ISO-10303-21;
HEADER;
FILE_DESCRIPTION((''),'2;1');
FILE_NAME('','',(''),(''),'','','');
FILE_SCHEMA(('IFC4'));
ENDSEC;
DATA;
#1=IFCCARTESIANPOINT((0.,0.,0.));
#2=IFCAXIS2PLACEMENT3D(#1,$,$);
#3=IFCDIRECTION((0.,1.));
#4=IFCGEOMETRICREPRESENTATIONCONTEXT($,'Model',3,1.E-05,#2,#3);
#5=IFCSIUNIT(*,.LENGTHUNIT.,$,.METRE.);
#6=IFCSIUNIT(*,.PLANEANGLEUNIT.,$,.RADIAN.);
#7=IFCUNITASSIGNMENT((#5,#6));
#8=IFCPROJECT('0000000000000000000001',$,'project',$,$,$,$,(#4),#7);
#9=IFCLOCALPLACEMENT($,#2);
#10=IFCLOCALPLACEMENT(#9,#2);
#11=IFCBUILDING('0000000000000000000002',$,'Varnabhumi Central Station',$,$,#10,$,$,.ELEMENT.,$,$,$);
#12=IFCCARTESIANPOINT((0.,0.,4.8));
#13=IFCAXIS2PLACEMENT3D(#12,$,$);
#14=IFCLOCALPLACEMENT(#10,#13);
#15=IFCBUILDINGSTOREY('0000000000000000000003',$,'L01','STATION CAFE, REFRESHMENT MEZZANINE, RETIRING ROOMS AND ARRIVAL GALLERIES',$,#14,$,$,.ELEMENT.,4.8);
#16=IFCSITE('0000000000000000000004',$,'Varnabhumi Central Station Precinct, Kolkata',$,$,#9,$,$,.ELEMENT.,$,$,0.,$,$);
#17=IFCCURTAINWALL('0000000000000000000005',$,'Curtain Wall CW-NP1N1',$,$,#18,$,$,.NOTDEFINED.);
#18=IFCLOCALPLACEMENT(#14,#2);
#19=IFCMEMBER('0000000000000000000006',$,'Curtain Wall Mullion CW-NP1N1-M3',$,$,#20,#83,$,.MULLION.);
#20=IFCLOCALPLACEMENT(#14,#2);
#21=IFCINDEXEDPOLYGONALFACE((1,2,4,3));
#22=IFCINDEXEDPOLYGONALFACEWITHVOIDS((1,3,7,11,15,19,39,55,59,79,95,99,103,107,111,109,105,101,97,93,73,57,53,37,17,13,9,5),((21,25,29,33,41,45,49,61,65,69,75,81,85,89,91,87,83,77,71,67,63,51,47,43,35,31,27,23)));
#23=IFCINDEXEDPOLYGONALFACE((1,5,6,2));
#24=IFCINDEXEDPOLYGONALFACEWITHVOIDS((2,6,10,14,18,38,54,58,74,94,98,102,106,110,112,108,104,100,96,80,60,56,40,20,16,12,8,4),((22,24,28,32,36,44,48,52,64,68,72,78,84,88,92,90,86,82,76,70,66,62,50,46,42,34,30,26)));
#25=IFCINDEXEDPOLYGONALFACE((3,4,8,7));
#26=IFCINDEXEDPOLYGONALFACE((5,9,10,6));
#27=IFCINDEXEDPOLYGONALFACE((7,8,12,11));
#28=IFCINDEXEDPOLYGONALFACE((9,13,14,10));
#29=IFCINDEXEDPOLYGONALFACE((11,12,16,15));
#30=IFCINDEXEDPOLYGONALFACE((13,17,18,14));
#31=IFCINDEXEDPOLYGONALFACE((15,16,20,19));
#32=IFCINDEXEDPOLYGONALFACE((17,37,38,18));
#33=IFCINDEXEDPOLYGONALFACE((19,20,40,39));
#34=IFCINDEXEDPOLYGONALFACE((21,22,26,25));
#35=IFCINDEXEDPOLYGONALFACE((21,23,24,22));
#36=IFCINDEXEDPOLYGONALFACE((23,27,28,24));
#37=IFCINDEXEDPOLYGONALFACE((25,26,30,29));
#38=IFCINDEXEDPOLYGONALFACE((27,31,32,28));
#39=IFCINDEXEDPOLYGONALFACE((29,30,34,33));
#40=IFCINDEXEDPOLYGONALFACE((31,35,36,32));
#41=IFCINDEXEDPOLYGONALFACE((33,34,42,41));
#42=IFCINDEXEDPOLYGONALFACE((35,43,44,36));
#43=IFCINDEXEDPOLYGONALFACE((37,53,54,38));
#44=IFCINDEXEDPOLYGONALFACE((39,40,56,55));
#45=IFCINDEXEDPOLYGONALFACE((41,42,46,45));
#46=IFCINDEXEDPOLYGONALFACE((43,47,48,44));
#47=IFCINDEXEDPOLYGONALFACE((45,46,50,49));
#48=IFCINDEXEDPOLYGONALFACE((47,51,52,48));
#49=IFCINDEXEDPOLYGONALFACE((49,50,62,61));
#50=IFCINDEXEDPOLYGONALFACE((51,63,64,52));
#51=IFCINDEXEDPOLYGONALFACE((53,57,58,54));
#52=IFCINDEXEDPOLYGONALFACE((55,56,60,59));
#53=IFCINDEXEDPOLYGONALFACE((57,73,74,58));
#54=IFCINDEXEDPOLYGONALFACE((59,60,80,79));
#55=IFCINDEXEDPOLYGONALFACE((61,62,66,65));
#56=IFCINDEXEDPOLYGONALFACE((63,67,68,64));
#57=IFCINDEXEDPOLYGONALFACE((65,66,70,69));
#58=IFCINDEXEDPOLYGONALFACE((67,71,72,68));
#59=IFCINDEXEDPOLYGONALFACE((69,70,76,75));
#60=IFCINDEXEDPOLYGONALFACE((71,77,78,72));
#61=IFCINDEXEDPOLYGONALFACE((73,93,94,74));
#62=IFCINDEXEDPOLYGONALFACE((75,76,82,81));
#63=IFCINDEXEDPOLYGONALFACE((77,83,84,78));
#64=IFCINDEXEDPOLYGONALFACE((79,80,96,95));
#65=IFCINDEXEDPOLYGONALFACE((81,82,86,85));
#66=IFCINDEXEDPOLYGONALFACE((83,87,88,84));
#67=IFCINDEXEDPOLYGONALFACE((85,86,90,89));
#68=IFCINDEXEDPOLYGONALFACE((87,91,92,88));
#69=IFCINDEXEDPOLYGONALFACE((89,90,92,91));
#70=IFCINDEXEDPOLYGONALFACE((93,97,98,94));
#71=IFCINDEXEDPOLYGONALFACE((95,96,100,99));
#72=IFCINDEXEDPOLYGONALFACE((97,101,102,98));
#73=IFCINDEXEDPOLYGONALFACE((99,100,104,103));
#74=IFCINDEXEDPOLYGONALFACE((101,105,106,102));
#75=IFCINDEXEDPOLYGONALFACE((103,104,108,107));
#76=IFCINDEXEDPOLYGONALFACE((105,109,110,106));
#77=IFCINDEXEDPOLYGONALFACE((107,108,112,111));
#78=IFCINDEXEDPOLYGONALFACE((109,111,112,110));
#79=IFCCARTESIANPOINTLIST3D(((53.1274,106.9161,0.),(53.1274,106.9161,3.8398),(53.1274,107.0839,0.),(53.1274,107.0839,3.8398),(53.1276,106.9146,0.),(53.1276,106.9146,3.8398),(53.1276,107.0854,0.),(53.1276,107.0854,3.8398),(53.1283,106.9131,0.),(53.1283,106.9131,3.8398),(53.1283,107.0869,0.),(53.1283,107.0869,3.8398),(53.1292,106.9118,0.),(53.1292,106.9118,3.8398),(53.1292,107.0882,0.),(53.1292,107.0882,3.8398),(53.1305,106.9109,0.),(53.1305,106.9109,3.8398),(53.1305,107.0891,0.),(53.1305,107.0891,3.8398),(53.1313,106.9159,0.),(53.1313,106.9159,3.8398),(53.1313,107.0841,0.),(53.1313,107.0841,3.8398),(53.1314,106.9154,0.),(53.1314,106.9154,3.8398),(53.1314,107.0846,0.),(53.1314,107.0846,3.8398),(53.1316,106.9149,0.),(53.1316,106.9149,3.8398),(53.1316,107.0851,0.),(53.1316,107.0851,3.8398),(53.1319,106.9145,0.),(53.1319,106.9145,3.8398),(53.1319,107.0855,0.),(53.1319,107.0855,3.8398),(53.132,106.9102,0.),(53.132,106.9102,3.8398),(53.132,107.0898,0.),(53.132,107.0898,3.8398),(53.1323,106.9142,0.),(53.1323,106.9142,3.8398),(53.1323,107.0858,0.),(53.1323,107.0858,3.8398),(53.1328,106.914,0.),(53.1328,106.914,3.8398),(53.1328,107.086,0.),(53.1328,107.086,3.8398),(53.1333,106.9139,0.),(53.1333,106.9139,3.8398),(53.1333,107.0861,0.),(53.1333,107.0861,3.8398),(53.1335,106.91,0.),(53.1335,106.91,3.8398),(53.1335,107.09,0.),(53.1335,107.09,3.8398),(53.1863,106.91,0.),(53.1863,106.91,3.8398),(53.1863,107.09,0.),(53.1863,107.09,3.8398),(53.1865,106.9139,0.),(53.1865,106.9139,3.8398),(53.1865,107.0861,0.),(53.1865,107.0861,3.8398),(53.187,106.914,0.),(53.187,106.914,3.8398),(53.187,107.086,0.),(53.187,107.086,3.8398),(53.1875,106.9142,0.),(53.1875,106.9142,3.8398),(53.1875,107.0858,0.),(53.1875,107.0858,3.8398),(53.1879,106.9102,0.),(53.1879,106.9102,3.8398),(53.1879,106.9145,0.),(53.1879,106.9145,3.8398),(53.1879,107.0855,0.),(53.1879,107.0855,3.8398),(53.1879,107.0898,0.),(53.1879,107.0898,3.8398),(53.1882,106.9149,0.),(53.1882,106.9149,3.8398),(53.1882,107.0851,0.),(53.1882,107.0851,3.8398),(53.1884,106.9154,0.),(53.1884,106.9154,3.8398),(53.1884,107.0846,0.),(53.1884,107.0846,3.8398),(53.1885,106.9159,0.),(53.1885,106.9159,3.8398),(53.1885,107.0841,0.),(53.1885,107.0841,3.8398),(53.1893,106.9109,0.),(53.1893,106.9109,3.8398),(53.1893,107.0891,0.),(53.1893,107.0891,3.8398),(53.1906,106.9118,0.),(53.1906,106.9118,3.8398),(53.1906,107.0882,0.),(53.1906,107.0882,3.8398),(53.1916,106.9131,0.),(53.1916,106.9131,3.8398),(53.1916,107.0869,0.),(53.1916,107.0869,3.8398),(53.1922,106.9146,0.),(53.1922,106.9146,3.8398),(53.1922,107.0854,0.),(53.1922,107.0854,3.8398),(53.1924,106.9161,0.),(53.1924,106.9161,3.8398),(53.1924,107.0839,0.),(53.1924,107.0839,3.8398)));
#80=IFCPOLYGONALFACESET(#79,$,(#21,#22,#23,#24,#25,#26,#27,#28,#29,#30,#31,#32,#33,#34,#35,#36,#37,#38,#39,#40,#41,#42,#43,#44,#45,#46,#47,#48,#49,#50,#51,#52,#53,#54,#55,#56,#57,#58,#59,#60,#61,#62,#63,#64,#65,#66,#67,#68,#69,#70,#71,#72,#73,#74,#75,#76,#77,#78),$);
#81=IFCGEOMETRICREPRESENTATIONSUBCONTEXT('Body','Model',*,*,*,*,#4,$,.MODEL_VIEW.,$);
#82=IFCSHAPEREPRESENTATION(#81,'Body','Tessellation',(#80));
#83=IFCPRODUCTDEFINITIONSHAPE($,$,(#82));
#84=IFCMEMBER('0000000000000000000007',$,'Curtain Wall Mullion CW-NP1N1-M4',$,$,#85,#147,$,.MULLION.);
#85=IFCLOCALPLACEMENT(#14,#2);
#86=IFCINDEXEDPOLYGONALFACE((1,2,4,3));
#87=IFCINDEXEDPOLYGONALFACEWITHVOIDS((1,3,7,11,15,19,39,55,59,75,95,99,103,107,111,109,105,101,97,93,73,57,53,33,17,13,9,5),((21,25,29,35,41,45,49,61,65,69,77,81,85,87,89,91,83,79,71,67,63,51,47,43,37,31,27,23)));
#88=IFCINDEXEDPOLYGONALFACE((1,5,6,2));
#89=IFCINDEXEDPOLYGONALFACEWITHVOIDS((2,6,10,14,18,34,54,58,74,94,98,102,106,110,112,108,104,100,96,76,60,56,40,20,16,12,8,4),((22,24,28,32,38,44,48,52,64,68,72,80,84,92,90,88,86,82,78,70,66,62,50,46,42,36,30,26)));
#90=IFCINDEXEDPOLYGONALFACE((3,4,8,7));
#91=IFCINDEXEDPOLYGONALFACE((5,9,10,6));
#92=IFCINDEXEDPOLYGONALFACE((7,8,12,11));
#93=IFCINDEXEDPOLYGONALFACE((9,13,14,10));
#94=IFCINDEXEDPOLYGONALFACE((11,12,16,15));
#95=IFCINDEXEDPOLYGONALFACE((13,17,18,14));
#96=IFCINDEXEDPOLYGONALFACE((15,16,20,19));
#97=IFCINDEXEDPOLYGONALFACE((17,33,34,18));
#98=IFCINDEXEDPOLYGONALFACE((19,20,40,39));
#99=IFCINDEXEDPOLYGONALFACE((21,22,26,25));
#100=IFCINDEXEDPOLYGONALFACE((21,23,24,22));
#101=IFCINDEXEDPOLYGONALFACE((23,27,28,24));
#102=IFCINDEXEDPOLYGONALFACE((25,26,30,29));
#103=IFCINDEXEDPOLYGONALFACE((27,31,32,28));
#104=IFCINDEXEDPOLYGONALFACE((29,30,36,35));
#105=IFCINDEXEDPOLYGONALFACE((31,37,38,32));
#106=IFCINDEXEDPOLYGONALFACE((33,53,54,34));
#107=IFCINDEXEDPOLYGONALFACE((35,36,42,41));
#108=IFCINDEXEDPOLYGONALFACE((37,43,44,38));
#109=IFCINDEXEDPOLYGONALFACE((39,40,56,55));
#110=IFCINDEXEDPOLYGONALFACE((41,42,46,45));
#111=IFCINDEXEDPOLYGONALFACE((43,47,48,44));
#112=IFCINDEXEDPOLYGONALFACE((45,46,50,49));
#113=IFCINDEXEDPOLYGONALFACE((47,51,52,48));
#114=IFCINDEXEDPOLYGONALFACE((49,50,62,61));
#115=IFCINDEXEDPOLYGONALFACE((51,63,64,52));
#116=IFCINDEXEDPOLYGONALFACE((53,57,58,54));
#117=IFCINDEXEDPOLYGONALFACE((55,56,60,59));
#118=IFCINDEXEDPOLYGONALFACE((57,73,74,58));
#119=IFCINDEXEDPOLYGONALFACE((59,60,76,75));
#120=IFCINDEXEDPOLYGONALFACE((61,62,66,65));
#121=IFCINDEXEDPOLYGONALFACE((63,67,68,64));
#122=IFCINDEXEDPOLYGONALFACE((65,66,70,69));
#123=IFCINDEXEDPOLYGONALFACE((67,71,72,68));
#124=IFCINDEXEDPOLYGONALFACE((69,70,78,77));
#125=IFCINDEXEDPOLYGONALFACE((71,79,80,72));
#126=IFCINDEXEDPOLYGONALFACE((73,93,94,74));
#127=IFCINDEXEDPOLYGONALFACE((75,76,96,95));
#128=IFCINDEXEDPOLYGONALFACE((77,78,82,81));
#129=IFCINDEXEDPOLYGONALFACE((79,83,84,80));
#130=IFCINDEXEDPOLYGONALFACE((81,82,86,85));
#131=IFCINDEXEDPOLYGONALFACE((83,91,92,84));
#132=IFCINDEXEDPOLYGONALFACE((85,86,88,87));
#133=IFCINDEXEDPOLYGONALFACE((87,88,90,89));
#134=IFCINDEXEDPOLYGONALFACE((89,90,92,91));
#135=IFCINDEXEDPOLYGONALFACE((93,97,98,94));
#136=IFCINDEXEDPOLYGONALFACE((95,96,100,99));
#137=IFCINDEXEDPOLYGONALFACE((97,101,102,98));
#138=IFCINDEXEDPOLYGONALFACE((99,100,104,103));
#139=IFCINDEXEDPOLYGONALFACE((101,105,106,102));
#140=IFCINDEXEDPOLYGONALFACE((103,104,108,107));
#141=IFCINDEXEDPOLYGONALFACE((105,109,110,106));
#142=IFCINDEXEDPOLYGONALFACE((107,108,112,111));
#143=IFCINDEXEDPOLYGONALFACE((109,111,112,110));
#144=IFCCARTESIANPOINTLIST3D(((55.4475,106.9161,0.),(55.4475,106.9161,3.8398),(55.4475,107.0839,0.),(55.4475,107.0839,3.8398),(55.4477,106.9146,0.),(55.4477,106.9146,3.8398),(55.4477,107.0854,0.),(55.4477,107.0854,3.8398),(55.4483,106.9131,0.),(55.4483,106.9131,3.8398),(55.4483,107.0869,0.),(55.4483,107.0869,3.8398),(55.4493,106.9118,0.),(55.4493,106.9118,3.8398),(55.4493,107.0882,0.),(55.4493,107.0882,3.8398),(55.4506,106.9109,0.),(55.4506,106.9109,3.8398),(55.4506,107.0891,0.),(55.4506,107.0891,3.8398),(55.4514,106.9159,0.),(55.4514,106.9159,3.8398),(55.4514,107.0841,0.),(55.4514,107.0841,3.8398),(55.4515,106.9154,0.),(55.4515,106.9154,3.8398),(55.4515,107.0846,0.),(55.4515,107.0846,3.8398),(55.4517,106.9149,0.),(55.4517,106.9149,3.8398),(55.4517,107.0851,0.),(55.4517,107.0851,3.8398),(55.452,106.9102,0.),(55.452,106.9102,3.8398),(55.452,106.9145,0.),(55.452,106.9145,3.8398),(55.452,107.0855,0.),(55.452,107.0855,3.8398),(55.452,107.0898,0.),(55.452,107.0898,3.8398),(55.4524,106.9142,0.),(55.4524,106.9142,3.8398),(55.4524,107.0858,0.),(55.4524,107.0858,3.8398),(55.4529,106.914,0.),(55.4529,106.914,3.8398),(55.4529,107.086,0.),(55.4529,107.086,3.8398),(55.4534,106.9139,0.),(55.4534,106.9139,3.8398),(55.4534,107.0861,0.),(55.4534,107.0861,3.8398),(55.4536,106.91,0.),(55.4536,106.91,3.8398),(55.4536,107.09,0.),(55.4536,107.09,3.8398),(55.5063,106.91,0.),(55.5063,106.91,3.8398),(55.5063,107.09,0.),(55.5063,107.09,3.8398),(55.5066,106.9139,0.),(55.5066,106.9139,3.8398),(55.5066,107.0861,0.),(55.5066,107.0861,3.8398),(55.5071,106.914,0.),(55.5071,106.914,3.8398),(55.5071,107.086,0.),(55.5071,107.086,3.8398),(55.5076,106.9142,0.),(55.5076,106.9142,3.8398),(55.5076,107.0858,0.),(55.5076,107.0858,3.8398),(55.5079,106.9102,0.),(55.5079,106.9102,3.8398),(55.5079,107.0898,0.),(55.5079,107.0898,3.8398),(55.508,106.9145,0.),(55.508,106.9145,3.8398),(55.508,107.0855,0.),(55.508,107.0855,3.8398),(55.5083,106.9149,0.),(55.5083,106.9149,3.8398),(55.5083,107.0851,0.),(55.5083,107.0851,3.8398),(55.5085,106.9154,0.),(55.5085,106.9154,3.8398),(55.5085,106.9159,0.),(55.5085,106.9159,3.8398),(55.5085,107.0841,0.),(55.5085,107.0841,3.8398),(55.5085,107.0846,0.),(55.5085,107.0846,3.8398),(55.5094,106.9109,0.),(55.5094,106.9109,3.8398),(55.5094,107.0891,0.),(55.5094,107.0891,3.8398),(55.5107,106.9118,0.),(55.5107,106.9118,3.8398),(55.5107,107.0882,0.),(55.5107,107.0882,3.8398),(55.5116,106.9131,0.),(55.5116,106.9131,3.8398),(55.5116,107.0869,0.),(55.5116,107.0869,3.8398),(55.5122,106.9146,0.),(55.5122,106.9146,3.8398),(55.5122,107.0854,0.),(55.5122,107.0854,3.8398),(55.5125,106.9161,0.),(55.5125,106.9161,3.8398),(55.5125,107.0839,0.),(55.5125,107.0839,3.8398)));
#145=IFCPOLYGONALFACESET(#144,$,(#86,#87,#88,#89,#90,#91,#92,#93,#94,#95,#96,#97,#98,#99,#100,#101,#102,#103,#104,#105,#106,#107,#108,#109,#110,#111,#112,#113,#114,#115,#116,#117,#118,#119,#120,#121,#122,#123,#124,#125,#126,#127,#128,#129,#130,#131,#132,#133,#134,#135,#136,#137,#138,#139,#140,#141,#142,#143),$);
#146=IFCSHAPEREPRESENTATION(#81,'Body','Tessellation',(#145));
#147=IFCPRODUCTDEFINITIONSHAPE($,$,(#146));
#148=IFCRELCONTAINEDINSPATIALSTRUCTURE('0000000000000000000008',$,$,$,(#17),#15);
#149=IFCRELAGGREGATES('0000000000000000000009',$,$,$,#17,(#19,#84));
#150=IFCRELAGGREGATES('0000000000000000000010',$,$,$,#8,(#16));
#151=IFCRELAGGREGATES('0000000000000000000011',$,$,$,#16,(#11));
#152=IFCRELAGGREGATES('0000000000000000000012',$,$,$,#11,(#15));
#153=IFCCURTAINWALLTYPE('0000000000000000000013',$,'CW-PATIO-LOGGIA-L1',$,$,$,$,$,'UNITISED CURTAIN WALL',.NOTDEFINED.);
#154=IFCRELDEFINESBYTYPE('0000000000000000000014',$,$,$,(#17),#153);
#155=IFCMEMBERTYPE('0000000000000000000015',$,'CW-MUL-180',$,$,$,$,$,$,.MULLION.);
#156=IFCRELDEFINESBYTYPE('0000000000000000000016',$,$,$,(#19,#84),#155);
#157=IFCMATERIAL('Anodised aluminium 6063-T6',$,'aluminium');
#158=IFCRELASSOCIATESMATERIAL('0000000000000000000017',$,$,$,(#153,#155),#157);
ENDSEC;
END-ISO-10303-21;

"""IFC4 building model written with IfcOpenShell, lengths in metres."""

from ifc_helpers import new_model, si_unit, direction, frame, origin, origin_2d, place, context, subcontext, project, spatial, hollow_rectangle, extrude, material, material_profile, profile_set, type_object, element, aggregate, save


model = new_model("IFC4")

# Units and contexts
model_context = context("Model", 3, precision=1e-05, world=origin(), true_north=direction((0.0, 1.0)))
body_context = subcontext(model_context, "Body", "Model", "MODEL_VIEW")
ifc_project = project(units=[si_unit("LENGTHUNIT", "METRE"), si_unit("PLANEANGLEUNIT", "RADIAN")], contexts=[model_context])

# Site, building, storey
site_placement = place(None, origin())
site = spatial("IfcSite", under=ifc_project, at=site_placement, Name="Varnabhumi Central Station Precinct, Kolkata", CompositionType="ELEMENT", RefElevation=0.0)
building_placement = place(site_placement, origin())
building = spatial("IfcBuilding", under=site, at=building_placement, Name="Varnabhumi Central Station", CompositionType="ELEMENT")
storey_placement = place(building_placement, frame((0.0, 0.0, 4.8)))
storey = spatial("IfcBuildingStorey", under=building, at=storey_placement, Name="L01", Description="STATION CAFE, REFRESHMENT MEZZANINE, RETIRING ROOMS AND ARRIVAL GALLERIES", CompositionType="ELEMENT", Elevation=4.8)

# Curtain wall, members
ifc_material_1 = material(Name="Anodised aluminium 6063-T6", Category="aluminium")
curtain_wall_type = type_object("IfcCurtainWallType", Name="CW-PATIO-LOGGIA-L1", ElementType="UNITISED CURTAIN WALL", PredefinedType="NOTDEFINED", material=ifc_material_1)
ifc_material_profile_1 = material_profile(ifc_material_1, hollow_rectangle(XDim=0.0649, YDim=0.1799, WallThickness=0.0039, InnerFilletRadius=0.002, OuterFilletRadius=0.0061, at=origin_2d()), Name="Anodised aluminium 6063-T6", Category="aluminium")
ifc_profile_set_1 = profile_set([ifc_material_profile_1], Name="Anodised aluminium 6063-T6")
member_type_1 = type_object("IfcMemberType", Name="CW-MUL-180", PredefinedType="MULLION", material=ifc_profile_set_1)
curtain_wall_1_placement = place(storey_placement, origin())
curtain_wall_1 = element("IfcCurtainWall", 1, at=curtain_wall_1_placement, inside=storey, type_object=curtain_wall_type, Name="Curtain Wall CW-NP1N1", PredefinedType="NOTDEFINED")
member_1_placement = place(storey_placement, frame((53.1599, 107.0, 0.0), z_axis=(0.0, 0.0, 1.0), x_axis=(1.0, 0.0, 0.0)))
member_1 = element("IfcMember", 2, at=member_1_placement, type_object=member_type_1, Name="Curtain Wall Mullion CW-NP1N1-M3", PredefinedType="MULLION", context=body_context, shape_type="SweptSolid", body=[
    extrude(hollow_rectangle(XDim=0.0649, YDim=0.1799, WallThickness=0.0039, InnerFilletRadius=0.002, OuterFilletRadius=0.0061, at=origin_2d()), origin(), (0.0, 0.0, 1.0), 3.8398),
])
member_2_placement = place(storey_placement, frame((55.48, 107.0, 0.0), z_axis=(0.0, 0.0, 1.0), x_axis=(1.0, 0.0, 0.0)))
member_2 = element("IfcMember", 3, at=member_2_placement, type_object=member_type_1, Name="Curtain Wall Mullion CW-NP1N1-M4", PredefinedType="MULLION", context=body_context, shape_type="SweptSolid", body=[
    extrude(hollow_rectangle(XDim=0.0649, YDim=0.1799, WallThickness=0.0039, InnerFilletRadius=0.002, OuterFilletRadius=0.0061, at=origin_2d()), origin(), (0.0, 0.0, 1.0), 3.8398),
])

aggregate(curtain_wall_1, [member_1, member_2])

save(model, "model.ifc")
